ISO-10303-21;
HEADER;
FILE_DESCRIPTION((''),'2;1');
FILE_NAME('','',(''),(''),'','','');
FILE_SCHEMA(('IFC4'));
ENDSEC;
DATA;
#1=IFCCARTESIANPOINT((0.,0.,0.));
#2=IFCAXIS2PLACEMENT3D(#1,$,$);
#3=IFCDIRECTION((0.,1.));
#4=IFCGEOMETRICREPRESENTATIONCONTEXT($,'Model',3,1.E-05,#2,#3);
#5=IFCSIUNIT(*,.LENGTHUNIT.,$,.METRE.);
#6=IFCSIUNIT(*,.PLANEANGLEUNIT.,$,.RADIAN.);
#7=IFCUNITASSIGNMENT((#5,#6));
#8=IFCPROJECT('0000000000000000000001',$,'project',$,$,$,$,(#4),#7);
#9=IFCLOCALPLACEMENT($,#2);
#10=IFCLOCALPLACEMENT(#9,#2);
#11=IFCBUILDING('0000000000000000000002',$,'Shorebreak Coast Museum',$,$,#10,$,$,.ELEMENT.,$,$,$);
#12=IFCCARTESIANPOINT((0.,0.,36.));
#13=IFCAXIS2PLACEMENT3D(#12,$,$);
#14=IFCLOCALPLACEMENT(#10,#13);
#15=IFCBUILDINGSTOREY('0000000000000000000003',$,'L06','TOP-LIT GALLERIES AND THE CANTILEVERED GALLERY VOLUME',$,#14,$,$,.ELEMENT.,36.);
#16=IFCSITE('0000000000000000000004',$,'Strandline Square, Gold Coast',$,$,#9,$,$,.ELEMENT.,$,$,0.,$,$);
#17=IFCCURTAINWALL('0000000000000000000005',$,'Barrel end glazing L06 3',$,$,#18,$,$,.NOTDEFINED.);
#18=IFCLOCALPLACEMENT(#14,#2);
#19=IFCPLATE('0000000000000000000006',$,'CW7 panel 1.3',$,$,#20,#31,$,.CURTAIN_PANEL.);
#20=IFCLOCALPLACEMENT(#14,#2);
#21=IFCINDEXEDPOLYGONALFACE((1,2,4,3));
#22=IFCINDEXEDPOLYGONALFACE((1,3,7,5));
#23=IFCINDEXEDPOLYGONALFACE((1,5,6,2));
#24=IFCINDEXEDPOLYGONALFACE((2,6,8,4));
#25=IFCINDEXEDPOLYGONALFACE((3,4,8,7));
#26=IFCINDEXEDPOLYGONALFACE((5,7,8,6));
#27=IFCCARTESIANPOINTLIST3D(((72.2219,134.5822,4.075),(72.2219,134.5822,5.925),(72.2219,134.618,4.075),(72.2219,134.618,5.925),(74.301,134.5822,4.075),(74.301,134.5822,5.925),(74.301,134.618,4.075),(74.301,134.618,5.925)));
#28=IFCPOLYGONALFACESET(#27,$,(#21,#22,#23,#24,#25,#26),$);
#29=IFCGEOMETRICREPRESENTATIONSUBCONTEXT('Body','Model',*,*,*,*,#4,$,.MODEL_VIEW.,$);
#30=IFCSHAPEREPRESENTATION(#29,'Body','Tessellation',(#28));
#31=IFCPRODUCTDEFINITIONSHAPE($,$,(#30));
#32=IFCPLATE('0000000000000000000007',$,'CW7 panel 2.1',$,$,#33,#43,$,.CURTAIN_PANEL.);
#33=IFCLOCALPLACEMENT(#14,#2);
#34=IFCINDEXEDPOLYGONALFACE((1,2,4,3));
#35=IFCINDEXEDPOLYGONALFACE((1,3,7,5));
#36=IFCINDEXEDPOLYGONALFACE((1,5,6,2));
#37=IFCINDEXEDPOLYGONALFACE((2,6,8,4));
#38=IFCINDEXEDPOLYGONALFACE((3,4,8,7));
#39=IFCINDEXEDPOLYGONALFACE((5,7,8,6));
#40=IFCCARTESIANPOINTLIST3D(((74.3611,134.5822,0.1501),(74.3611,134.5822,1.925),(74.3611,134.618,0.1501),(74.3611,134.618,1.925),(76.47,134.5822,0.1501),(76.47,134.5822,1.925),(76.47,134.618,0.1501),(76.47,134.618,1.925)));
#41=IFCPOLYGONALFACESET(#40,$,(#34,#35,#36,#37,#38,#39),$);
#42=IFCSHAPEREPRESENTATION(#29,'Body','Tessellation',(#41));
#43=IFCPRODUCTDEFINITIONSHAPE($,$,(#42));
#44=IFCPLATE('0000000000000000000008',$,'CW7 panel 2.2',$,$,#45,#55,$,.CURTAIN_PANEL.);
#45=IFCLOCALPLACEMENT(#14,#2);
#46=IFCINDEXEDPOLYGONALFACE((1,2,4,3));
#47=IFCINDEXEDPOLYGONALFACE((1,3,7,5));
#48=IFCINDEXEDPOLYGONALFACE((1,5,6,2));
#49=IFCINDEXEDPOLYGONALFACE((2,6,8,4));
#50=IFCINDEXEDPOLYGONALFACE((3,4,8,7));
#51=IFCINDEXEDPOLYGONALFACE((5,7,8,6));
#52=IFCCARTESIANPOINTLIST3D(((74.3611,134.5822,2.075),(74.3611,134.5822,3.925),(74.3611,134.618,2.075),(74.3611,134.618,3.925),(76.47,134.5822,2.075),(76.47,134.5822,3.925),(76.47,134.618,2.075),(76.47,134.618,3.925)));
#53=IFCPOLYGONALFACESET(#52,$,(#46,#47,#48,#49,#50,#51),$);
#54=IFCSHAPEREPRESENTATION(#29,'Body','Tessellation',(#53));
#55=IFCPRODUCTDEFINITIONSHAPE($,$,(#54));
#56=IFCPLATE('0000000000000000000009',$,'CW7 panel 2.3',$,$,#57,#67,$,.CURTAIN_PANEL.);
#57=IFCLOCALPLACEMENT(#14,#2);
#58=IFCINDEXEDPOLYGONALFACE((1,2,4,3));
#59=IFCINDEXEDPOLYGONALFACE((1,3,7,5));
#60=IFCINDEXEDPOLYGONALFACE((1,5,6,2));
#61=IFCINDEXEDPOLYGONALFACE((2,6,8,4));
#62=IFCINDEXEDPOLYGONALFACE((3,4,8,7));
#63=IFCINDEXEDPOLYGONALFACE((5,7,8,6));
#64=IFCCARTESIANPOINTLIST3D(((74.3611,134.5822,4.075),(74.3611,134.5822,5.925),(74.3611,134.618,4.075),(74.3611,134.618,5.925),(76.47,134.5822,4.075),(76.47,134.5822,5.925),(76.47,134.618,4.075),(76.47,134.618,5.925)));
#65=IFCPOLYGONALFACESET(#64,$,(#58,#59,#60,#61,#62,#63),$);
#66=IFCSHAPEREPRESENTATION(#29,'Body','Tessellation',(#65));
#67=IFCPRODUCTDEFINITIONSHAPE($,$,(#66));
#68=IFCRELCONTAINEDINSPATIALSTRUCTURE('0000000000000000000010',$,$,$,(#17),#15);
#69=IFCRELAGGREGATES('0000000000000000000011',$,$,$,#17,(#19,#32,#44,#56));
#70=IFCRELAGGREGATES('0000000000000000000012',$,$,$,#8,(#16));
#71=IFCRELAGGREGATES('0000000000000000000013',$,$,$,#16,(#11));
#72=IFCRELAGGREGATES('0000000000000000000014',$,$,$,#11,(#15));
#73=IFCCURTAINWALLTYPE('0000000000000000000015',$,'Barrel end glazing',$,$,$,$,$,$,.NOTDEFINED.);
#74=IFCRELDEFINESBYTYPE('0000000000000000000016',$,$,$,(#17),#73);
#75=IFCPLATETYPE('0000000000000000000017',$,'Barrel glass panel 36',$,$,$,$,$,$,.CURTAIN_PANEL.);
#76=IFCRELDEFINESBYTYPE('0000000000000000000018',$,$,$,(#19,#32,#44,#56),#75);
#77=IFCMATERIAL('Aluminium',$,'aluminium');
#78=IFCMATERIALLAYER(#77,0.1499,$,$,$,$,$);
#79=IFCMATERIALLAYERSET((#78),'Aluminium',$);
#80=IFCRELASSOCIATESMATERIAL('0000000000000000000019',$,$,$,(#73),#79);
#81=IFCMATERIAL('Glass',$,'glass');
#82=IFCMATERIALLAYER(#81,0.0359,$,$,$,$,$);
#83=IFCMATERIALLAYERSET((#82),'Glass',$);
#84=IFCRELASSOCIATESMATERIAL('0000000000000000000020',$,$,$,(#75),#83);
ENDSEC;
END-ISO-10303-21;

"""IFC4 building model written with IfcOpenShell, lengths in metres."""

from ifc_helpers import new_model, si_unit, direction, frame, origin, origin_2d, place, context, subcontext, project, spatial, rectangle, extrude, material, layer, layer_set, type_object, element, aggregate, save


model = new_model("IFC4")

# Units and contexts
model_context = context("Model", 3, precision=1e-05, world=origin(), true_north=direction((0.0, 1.0)))
body_context = subcontext(model_context, "Body", "Model", "MODEL_VIEW")
ifc_project = project(units=[si_unit("LENGTHUNIT", "METRE"), si_unit("PLANEANGLEUNIT", "RADIAN")], contexts=[model_context])

# Site, building, storey
site_placement = place(None, origin())
site = spatial("IfcSite", under=ifc_project, at=site_placement, Name="Strandline Square, Gold Coast", CompositionType="ELEMENT", RefElevation=0.0)
building_placement = place(site_placement, origin())
building = spatial("IfcBuilding", under=site, at=building_placement, Name="Shorebreak Coast Museum", CompositionType="ELEMENT")
storey_placement = place(building_placement, frame((0.0, 0.0, 36.0)))
storey = spatial("IfcBuildingStorey", under=building, at=storey_placement, Name="L06", Description="TOP-LIT GALLERIES AND THE CANTILEVERED GALLERY VOLUME", CompositionType="ELEMENT", Elevation=36.0)

# Curtain wall
ifc_material_1 = material(Name="Aluminium", Category="aluminium")
ifc_layer_1 = layer(ifc_material_1, 0.1499)
ifc_layer_set_1 = layer_set([ifc_layer_1], Name="Aluminium")
curtain_wall_type = type_object("IfcCurtainWallType", Name="Barrel end glazing", PredefinedType="NOTDEFINED", material=ifc_layer_set_1)
curtain_wall_placement = place(storey_placement, origin())
curtain_wall = element("IfcCurtainWall", 1, at=curtain_wall_placement, inside=storey, type_object=curtain_wall_type, Name="Barrel end glazing L06 3", PredefinedType="NOTDEFINED")

# Plates
ifc_material_2 = material(Name="Glass", Category="glass")
ifc_layer_2 = layer(ifc_material_2, 0.0359)
ifc_layer_set_2 = layer_set([ifc_layer_2], Name="Glass")
plate_type = type_object("IfcPlateType", Name="Barrel glass panel 36", PredefinedType="CURTAIN_PANEL", material=ifc_layer_set_2)
plate_1_placement = place(storey_placement, frame((73.2615, 134.6001, 4.075), z_axis=(0.0, 0.0, 1.0), x_axis=(1.0, 0.0, 0.0)))
plate_1 = element("IfcPlate", 2, at=plate_1_placement, type_object=plate_type, Name="CW7 panel 1.3", PredefinedType="CURTAIN_PANEL", context=body_context, shape_type="SweptSolid", body=[
    extrude(rectangle(XDim=2.0791, YDim=0.0359, at=origin_2d()), origin(), (0.0, 0.0, 1.0), 1.8501),
])
plate_2_placement = place(storey_placement, frame((75.4155, 134.6001, 0.1501), z_axis=(0.0, 0.0, 1.0), x_axis=(1.0, 0.0, 0.0)))
plate_2 = element("IfcPlate", 3, at=plate_2_placement, type_object=plate_type, Name="CW7 panel 2.1", PredefinedType="CURTAIN_PANEL", context=body_context, shape_type="SweptSolid", body=[
    extrude(rectangle(XDim=2.1089, YDim=0.0359, at=origin_2d()), origin(), (0.0, 0.0, 1.0), 1.7749),
])
plate_3_placement = place(storey_placement, frame((75.4155, 134.6001, 2.075), z_axis=(0.0, 0.0, 1.0), x_axis=(1.0, 0.0, 0.0)))
plate_3 = element("IfcPlate", 4, at=plate_3_placement, type_object=plate_type, Name="CW7 panel 2.2", PredefinedType="CURTAIN_PANEL", context=body_context, shape_type="SweptSolid", body=[
    extrude(rectangle(XDim=2.1089, YDim=0.0359, at=origin_2d()), origin(), (0.0, 0.0, 1.0), 1.8501),
])
plate_4_placement = place(storey_placement, frame((75.4155, 134.6001, 4.075), z_axis=(0.0, 0.0, 1.0), x_axis=(1.0, 0.0, 0.0)))
plate_4 = element("IfcPlate", 5, at=plate_4_placement, type_object=plate_type, Name="CW7 panel 2.3", PredefinedType="CURTAIN_PANEL", context=body_context, shape_type="SweptSolid", body=[
    extrude(rectangle(XDim=2.1089, YDim=0.0359, at=origin_2d()), origin(), (0.0, 0.0, 1.0), 1.8501),
])
aggregate(curtain_wall, [plate_1, plate_2, plate_3, plate_4])

save(model, "model.ifc")
